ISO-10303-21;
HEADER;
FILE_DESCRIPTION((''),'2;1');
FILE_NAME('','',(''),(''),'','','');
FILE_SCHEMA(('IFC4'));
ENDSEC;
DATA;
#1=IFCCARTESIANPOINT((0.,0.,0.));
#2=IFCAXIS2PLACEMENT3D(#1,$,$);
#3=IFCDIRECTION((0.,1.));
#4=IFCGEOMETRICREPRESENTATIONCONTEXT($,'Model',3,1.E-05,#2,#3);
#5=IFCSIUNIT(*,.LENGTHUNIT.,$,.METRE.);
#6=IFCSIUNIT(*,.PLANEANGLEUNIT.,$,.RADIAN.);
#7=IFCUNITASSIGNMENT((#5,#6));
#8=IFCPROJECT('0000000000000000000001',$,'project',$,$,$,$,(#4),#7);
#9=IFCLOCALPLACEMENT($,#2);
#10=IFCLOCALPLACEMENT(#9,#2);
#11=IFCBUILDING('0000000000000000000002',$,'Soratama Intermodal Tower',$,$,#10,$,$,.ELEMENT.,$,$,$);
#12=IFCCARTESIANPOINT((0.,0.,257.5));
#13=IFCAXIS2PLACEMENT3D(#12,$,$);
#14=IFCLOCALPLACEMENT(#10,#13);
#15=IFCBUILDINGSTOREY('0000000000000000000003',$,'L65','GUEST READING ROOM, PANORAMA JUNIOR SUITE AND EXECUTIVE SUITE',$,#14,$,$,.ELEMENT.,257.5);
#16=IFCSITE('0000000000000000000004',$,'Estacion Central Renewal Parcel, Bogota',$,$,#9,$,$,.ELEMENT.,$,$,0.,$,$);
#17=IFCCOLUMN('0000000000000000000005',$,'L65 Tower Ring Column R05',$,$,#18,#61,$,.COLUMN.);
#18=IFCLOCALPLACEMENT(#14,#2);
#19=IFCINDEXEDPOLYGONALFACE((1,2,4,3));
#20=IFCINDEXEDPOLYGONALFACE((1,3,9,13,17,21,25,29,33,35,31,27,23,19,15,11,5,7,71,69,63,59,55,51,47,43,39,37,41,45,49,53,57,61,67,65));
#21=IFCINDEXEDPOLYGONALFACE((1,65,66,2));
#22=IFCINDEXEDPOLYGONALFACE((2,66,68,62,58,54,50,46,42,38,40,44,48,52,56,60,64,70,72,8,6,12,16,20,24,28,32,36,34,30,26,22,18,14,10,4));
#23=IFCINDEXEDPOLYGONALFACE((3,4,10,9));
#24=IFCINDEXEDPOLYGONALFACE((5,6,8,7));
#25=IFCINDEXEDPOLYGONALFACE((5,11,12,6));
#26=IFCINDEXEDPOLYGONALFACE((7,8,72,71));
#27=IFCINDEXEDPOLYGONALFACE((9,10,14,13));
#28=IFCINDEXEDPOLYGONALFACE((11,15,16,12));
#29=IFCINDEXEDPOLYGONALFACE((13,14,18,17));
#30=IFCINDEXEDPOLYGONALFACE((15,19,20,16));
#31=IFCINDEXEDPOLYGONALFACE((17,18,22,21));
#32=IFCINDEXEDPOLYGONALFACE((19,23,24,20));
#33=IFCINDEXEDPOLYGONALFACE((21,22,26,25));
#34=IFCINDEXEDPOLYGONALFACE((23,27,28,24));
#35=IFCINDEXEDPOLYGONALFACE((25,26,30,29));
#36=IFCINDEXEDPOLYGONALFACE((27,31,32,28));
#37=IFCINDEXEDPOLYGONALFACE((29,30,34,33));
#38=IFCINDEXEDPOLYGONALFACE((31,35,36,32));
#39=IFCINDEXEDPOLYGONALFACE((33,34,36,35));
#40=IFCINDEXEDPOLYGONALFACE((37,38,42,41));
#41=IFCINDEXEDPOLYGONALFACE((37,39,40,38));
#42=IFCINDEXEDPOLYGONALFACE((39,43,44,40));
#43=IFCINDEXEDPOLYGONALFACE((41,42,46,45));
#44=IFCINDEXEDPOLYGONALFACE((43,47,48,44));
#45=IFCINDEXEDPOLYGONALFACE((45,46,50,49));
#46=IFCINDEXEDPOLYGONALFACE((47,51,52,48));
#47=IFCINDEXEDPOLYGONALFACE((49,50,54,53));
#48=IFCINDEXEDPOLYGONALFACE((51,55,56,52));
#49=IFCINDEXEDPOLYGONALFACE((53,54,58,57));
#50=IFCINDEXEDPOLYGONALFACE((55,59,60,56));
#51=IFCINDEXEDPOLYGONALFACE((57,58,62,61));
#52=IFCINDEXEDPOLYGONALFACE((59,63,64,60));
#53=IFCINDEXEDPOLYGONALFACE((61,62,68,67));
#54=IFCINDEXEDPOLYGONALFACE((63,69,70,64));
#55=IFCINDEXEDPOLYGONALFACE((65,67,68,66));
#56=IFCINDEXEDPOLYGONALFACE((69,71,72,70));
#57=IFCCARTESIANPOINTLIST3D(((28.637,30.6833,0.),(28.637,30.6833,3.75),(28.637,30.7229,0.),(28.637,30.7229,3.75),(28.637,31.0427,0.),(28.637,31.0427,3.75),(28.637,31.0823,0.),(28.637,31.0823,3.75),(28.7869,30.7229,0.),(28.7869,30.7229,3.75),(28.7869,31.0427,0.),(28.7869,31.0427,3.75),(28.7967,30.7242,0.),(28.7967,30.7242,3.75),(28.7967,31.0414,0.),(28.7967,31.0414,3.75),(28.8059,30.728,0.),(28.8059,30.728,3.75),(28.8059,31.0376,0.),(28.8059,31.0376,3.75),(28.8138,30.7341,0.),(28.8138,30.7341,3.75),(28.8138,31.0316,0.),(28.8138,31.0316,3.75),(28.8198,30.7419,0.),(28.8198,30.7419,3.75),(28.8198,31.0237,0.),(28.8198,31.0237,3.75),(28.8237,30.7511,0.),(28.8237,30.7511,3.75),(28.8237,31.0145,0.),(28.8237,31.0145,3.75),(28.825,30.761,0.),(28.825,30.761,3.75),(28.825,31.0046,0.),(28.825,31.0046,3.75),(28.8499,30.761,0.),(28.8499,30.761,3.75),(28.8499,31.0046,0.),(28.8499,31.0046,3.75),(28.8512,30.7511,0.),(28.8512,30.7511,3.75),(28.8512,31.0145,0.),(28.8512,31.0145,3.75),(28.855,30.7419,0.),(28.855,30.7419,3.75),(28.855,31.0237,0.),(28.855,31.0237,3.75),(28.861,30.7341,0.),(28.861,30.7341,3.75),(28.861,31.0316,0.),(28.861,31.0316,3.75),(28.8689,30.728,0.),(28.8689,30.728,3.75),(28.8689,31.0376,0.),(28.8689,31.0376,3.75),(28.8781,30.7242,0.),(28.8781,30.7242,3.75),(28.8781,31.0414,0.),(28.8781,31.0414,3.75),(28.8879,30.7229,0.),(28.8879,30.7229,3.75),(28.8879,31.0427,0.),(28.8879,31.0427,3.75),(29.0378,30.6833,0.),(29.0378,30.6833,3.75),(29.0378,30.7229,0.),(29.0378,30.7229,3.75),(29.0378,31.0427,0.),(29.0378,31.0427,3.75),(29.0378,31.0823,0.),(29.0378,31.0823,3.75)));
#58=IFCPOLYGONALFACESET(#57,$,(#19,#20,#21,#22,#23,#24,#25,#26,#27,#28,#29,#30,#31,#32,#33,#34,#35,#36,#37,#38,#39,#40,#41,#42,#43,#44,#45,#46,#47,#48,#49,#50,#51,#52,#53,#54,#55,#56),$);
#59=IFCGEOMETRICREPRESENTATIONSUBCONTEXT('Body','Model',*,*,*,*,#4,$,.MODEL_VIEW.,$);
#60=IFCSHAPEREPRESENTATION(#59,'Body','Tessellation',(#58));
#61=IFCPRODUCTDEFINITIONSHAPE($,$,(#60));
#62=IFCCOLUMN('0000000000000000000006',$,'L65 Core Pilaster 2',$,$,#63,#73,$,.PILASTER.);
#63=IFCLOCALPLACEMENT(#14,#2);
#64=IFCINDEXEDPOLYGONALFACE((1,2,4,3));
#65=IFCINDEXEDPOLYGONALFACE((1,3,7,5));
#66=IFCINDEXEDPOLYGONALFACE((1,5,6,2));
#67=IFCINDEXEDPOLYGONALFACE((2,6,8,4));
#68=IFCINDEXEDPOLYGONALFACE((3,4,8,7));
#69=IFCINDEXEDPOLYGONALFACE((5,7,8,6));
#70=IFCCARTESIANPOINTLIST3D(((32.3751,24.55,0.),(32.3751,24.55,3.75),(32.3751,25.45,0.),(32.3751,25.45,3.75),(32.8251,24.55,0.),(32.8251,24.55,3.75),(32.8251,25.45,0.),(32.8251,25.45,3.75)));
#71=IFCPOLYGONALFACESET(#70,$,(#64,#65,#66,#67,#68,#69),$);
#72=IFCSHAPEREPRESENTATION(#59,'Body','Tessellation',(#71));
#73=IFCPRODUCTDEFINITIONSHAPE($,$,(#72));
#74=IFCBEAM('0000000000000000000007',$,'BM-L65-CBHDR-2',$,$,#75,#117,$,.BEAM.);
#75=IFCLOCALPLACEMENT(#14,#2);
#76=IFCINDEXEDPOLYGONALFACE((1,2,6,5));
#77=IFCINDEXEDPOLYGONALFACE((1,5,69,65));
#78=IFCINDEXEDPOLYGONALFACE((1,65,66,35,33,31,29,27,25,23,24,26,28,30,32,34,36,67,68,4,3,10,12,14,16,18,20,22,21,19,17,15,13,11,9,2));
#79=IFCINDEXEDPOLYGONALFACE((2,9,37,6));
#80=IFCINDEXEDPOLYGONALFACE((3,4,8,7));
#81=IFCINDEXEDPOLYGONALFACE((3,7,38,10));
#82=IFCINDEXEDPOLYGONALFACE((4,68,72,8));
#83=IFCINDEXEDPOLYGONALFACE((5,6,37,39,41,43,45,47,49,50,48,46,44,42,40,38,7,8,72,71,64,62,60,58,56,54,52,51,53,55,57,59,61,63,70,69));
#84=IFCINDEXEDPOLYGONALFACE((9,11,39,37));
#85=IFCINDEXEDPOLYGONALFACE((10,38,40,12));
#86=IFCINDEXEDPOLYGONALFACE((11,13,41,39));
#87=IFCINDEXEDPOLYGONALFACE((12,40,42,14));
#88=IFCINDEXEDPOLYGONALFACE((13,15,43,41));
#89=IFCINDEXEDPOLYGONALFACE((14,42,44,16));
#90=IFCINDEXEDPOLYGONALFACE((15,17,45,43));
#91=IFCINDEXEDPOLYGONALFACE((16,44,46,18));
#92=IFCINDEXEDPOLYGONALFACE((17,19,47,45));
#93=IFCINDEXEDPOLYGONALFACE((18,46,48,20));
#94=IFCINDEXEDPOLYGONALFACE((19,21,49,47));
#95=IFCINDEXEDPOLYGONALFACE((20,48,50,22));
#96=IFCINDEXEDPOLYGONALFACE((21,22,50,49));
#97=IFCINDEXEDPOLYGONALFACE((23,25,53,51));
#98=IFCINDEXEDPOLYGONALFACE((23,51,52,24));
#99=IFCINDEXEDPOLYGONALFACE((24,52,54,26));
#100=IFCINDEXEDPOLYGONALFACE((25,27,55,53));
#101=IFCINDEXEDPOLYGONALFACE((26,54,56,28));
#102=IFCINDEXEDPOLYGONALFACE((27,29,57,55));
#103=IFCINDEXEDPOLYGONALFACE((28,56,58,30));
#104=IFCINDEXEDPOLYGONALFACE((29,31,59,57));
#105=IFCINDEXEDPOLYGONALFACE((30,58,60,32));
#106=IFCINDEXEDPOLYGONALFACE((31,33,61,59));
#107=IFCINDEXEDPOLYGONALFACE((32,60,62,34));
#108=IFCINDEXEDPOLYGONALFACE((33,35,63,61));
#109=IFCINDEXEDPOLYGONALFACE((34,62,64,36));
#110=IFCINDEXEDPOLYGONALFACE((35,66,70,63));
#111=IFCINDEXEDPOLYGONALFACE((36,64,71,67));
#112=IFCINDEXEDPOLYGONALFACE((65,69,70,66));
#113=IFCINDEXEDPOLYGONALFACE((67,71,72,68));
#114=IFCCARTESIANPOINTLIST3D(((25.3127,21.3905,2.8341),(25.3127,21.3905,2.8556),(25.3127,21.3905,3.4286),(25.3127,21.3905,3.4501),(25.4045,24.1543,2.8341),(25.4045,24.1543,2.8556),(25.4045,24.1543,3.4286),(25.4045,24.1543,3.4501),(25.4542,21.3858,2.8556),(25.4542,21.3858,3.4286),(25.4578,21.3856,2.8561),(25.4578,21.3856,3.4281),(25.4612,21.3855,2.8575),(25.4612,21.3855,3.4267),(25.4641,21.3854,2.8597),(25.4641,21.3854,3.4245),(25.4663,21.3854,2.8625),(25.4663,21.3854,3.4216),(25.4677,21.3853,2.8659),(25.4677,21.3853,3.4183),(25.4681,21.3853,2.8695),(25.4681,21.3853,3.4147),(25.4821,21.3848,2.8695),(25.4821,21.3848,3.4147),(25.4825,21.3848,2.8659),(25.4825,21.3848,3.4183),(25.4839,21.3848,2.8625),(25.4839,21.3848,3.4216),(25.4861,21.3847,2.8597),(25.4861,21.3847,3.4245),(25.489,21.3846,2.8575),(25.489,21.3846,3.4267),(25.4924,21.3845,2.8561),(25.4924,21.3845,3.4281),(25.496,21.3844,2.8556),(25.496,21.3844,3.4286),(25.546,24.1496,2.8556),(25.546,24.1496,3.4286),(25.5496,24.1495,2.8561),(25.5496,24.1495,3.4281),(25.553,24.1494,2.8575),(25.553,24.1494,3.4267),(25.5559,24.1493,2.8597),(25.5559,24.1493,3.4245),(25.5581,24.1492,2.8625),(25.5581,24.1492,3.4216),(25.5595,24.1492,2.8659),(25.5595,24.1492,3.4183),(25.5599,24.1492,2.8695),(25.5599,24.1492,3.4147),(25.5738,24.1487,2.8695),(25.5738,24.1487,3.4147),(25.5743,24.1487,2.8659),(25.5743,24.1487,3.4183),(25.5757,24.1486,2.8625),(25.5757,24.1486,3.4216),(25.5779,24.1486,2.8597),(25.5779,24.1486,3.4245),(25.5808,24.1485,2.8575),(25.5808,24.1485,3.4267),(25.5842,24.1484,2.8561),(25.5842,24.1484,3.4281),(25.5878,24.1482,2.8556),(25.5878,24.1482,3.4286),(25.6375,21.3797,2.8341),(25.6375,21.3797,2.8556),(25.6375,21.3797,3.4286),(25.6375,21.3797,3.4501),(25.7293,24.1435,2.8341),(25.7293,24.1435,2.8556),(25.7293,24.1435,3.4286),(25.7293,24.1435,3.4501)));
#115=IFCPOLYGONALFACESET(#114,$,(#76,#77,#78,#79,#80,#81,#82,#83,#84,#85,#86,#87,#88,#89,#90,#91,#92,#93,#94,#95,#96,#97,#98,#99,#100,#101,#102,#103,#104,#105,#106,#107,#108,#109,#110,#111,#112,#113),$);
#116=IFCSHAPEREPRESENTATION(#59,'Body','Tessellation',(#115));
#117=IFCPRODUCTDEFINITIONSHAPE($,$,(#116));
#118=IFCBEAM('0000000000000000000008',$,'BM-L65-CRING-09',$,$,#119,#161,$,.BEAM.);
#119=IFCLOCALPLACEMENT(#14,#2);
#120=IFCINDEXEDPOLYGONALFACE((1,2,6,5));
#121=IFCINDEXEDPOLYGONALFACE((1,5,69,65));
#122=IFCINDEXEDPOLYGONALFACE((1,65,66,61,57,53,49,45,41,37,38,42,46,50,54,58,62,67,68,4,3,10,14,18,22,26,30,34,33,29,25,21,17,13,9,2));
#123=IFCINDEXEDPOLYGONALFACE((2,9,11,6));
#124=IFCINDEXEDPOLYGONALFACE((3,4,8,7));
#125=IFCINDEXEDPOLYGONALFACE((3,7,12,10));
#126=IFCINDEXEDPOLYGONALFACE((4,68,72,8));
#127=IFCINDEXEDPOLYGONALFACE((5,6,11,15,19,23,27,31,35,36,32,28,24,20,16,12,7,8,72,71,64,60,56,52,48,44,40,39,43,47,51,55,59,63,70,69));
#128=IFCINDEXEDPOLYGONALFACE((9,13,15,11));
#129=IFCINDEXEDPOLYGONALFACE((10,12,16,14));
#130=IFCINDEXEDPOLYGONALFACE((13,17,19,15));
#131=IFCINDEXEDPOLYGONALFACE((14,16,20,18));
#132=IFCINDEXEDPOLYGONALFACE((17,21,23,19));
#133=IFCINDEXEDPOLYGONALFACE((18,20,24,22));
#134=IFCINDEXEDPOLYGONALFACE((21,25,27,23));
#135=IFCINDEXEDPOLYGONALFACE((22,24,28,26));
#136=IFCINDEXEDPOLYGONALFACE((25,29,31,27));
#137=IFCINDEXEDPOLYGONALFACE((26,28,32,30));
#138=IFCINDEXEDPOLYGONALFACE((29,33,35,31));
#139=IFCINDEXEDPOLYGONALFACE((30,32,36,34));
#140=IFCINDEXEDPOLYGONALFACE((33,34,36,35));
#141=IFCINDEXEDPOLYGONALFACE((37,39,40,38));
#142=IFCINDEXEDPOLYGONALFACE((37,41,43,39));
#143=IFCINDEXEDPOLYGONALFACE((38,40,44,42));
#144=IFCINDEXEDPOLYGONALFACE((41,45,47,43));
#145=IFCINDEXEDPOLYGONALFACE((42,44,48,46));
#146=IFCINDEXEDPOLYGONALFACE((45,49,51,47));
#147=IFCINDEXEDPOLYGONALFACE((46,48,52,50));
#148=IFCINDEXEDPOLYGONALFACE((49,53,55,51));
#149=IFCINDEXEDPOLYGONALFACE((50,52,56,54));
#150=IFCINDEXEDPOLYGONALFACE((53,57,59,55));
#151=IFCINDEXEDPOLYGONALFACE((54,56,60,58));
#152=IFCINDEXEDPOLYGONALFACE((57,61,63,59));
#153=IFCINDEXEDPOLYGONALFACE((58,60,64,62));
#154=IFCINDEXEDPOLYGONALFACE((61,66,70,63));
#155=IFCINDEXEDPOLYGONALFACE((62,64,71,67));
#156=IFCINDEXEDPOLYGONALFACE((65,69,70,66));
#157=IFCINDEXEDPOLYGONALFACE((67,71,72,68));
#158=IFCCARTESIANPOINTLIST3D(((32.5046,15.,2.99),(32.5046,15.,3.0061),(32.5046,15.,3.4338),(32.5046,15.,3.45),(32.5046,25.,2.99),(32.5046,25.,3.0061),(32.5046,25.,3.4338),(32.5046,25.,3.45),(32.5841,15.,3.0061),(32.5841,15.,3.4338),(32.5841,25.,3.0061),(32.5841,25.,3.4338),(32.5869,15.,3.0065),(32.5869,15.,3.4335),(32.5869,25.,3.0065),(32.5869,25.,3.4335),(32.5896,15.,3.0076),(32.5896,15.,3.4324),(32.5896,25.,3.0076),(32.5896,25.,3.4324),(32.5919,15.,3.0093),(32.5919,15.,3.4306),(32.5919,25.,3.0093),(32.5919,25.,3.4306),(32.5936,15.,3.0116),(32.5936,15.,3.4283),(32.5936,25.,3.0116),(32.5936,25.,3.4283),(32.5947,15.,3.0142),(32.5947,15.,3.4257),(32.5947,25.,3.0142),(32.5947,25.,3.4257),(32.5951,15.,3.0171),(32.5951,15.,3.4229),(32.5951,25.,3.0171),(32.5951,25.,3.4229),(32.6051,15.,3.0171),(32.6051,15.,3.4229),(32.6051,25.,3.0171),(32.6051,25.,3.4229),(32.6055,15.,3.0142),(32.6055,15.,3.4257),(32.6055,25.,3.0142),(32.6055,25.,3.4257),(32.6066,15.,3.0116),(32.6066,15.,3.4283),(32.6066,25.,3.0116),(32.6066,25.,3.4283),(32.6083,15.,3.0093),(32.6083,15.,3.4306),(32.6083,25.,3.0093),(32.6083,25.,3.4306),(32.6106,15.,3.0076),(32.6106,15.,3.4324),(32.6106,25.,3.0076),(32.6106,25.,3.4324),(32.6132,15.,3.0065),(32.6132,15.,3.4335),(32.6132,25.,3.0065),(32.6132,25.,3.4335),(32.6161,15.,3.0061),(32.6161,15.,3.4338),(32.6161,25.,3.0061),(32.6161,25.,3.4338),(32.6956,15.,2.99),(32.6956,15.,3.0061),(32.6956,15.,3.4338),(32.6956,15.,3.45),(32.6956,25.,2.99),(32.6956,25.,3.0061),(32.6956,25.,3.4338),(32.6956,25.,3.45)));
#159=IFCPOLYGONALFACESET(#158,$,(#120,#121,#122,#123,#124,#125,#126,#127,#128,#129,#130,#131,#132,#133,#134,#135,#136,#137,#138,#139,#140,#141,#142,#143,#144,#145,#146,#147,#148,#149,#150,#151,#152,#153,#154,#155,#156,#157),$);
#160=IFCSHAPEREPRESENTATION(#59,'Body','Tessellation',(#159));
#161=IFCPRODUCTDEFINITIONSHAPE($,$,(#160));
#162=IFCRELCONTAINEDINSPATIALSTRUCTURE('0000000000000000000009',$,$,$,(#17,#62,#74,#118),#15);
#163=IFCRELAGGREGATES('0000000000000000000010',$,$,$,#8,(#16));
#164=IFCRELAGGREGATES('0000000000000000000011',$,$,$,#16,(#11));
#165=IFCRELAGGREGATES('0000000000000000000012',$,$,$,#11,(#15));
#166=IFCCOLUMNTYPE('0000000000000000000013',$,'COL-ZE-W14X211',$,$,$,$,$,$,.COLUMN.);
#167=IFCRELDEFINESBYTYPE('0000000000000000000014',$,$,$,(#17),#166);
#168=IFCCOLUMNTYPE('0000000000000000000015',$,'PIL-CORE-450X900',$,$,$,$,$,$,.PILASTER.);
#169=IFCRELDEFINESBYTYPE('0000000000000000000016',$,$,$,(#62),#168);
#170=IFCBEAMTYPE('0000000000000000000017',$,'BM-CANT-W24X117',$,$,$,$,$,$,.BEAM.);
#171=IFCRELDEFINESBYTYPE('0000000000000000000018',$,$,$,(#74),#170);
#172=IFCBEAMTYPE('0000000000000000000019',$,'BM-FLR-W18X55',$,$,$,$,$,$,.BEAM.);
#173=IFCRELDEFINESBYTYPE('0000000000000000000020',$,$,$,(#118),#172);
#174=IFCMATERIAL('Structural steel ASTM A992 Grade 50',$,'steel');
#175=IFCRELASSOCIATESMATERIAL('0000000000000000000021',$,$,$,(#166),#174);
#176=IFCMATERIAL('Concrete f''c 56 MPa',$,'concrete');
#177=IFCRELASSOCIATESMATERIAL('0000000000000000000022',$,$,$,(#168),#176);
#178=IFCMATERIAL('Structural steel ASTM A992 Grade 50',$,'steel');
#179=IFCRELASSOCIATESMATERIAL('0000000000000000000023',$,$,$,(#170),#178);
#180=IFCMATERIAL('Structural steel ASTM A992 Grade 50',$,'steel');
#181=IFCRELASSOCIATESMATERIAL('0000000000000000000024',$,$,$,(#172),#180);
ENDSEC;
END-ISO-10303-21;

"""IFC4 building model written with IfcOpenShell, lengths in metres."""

from ifc_helpers import new_model, si_unit, direction, frame, origin, origin_2d, place, context, subcontext, project, spatial, rectangle, i_section, extrude, material, material_profile, profile_set, type_object, element, save


model = new_model("IFC4")

# Units and contexts
model_context = context("Model", 3, precision=1e-05, world=origin(), true_north=direction((0.0, 1.0)))
body_context = subcontext(model_context, "Body", "Model", "MODEL_VIEW")
ifc_project = project(units=[si_unit("LENGTHUNIT", "METRE"), si_unit("PLANEANGLEUNIT", "RADIAN")], contexts=[model_context])

# Site, building, storey
site_placement = place(None, origin())
site = spatial("IfcSite", under=ifc_project, at=site_placement, Name="Estacion Central Renewal Parcel, Bogota", CompositionType="ELEMENT", RefElevation=0.0)
building_placement = place(site_placement, origin())
building = spatial("IfcBuilding", under=site, at=building_placement, Name="Soratama Intermodal Tower", CompositionType="ELEMENT")
storey_placement = place(building_placement, frame((0.0, 0.0, 257.5)))
storey = spatial("IfcBuildingStorey", under=building, at=storey_placement, Name="L65", Description="GUEST READING ROOM, PANORAMA JUNIOR SUITE AND EXECUTIVE SUITE", CompositionType="ELEMENT", Elevation=257.5)

# Columns
ifc_material_1 = material(Name="Structural steel ASTM A992 Grade 50", Category="steel")
ifc_material_profile_1 = material_profile(ifc_material_1, i_section(OverallWidth=0.4009, OverallDepth=0.3989, WebThickness=0.0249, FlangeThickness=0.0396, FilletRadius=0.0381, at=origin_2d()), Name="W14X211")
ifc_profile_set_1 = profile_set([ifc_material_profile_1], Name="Structural steel ASTM A992 Grade 50")
column_type_1 = type_object("IfcColumnType", Name="COL-ZE-W14X211", PredefinedType="COLUMN", material=ifc_profile_set_1)
column_1_placement = place(storey_placement, frame((28.8374, 30.8828, 0.0), z_axis=(0.0, 0.0, 1.0), x_axis=(1.0, 0.0, 0.0)))
element("IfcColumn", 1, at=column_1_placement, inside=storey, type_object=column_type_1, Name="L65 Tower Ring Column R05", PredefinedType="COLUMN", context=body_context, shape_type="SweptSolid", body=[
    extrude(i_section(OverallWidth=0.4009, OverallDepth=0.3989, WebThickness=0.0249, FlangeThickness=0.0396, FilletRadius=0.0381, at=origin_2d()), origin(), (0.0, 0.0, 1.0), 3.75),
])
ifc_material_2 = material(Name="Concrete f'c 56 MPa", Category="concrete")
ifc_material_profile_2 = material_profile(ifc_material_2, rectangle(XDim=0.45, YDim=0.8999, at=origin_2d()), Name="RC450X900")
ifc_profile_set_2 = profile_set([ifc_material_profile_2], Name="Concrete f'c 56 MPa")
column_type_2 = type_object("IfcColumnType", Name="PIL-CORE-450X900", PredefinedType="PILASTER", material=ifc_profile_set_2)
column_2_placement = place(storey_placement, frame((32.6001, 25.0, 0.0), z_axis=(0.0, 0.0, 1.0), x_axis=(1.0, 0.0, 0.0)))
element("IfcColumn", 2, at=column_2_placement, inside=storey, type_object=column_type_2, Name="L65 Core Pilaster 2", PredefinedType="PILASTER", context=body_context, shape_type="SweptSolid", body=[
    extrude(rectangle(XDim=0.45, YDim=0.8999, at=origin_2d()), origin(), (0.0, 0.0, 1.0), 3.75),
])

# Beams
ifc_material_3 = material(Name="Structural steel ASTM A992 Grade 50", Category="steel")
ifc_material_profile_3 = material_profile(ifc_material_3, i_section(OverallWidth=0.325, OverallDepth=0.616, WebThickness=0.0139, FlangeThickness=0.0215, FilletRadius=0.0139, at=origin_2d()), Name="W24X117")
ifc_profile_set_3 = profile_set([ifc_material_profile_3], Name="Structural steel ASTM A992 Grade 50")
beam_type_1 = type_object("IfcBeamType", Name="BM-CANT-W24X117", PredefinedType="BEAM", material=ifc_profile_set_3)
beam_1_placement = place(storey_placement, frame((25.5669, 24.1489, 3.1421), z_axis=(-0.033194, -0.999449, 0.0), x_axis=(0.999449, -0.033194, 0.0)))
element("IfcBeam", 3, at=beam_1_placement, inside=storey, type_object=beam_type_1, Name="BM-L65-CBHDR-2", PredefinedType="BEAM", context=body_context, shape_type="SweptSolid", body=[
    extrude(i_section(OverallWidth=0.325, OverallDepth=0.616, WebThickness=0.0139, FlangeThickness=0.0215, FilletRadius=0.0139, at=origin_2d()), origin(), (0.0, 0.0, 1.0), 2.7654),
])
ifc_material_4 = material(Name="Structural steel ASTM A992 Grade 50", Category="steel")
ifc_material_profile_4 = material_profile(ifc_material_4, i_section(OverallWidth=0.1909, OverallDepth=0.46, WebThickness=0.01, FlangeThickness=0.0161, FilletRadius=0.011, at=origin_2d()), Name="W18X55")
ifc_profile_set_4 = profile_set([ifc_material_profile_4], Name="Structural steel ASTM A992 Grade 50")
beam_type_2 = type_object("IfcBeamType", Name="BM-FLR-W18X55", PredefinedType="BEAM", material=ifc_profile_set_4)
beam_2_placement = place(storey_placement, frame((32.6001, 25.0, 3.22), z_axis=(0.0, -1.0, 0.0), x_axis=(1.0, 0.0, 0.0)))
element("IfcBeam", 4, at=beam_2_placement, inside=storey, type_object=beam_type_2, Name="BM-L65-CRING-09", PredefinedType="BEAM", context=body_context, shape_type="SweptSolid", body=[
    extrude(i_section(OverallWidth=0.1909, OverallDepth=0.46, WebThickness=0.01, FlangeThickness=0.0161, FilletRadius=0.011, at=origin_2d()), origin(), (0.0, 0.0, 1.0), 10.0),
])

save(model, "model.ifc")
